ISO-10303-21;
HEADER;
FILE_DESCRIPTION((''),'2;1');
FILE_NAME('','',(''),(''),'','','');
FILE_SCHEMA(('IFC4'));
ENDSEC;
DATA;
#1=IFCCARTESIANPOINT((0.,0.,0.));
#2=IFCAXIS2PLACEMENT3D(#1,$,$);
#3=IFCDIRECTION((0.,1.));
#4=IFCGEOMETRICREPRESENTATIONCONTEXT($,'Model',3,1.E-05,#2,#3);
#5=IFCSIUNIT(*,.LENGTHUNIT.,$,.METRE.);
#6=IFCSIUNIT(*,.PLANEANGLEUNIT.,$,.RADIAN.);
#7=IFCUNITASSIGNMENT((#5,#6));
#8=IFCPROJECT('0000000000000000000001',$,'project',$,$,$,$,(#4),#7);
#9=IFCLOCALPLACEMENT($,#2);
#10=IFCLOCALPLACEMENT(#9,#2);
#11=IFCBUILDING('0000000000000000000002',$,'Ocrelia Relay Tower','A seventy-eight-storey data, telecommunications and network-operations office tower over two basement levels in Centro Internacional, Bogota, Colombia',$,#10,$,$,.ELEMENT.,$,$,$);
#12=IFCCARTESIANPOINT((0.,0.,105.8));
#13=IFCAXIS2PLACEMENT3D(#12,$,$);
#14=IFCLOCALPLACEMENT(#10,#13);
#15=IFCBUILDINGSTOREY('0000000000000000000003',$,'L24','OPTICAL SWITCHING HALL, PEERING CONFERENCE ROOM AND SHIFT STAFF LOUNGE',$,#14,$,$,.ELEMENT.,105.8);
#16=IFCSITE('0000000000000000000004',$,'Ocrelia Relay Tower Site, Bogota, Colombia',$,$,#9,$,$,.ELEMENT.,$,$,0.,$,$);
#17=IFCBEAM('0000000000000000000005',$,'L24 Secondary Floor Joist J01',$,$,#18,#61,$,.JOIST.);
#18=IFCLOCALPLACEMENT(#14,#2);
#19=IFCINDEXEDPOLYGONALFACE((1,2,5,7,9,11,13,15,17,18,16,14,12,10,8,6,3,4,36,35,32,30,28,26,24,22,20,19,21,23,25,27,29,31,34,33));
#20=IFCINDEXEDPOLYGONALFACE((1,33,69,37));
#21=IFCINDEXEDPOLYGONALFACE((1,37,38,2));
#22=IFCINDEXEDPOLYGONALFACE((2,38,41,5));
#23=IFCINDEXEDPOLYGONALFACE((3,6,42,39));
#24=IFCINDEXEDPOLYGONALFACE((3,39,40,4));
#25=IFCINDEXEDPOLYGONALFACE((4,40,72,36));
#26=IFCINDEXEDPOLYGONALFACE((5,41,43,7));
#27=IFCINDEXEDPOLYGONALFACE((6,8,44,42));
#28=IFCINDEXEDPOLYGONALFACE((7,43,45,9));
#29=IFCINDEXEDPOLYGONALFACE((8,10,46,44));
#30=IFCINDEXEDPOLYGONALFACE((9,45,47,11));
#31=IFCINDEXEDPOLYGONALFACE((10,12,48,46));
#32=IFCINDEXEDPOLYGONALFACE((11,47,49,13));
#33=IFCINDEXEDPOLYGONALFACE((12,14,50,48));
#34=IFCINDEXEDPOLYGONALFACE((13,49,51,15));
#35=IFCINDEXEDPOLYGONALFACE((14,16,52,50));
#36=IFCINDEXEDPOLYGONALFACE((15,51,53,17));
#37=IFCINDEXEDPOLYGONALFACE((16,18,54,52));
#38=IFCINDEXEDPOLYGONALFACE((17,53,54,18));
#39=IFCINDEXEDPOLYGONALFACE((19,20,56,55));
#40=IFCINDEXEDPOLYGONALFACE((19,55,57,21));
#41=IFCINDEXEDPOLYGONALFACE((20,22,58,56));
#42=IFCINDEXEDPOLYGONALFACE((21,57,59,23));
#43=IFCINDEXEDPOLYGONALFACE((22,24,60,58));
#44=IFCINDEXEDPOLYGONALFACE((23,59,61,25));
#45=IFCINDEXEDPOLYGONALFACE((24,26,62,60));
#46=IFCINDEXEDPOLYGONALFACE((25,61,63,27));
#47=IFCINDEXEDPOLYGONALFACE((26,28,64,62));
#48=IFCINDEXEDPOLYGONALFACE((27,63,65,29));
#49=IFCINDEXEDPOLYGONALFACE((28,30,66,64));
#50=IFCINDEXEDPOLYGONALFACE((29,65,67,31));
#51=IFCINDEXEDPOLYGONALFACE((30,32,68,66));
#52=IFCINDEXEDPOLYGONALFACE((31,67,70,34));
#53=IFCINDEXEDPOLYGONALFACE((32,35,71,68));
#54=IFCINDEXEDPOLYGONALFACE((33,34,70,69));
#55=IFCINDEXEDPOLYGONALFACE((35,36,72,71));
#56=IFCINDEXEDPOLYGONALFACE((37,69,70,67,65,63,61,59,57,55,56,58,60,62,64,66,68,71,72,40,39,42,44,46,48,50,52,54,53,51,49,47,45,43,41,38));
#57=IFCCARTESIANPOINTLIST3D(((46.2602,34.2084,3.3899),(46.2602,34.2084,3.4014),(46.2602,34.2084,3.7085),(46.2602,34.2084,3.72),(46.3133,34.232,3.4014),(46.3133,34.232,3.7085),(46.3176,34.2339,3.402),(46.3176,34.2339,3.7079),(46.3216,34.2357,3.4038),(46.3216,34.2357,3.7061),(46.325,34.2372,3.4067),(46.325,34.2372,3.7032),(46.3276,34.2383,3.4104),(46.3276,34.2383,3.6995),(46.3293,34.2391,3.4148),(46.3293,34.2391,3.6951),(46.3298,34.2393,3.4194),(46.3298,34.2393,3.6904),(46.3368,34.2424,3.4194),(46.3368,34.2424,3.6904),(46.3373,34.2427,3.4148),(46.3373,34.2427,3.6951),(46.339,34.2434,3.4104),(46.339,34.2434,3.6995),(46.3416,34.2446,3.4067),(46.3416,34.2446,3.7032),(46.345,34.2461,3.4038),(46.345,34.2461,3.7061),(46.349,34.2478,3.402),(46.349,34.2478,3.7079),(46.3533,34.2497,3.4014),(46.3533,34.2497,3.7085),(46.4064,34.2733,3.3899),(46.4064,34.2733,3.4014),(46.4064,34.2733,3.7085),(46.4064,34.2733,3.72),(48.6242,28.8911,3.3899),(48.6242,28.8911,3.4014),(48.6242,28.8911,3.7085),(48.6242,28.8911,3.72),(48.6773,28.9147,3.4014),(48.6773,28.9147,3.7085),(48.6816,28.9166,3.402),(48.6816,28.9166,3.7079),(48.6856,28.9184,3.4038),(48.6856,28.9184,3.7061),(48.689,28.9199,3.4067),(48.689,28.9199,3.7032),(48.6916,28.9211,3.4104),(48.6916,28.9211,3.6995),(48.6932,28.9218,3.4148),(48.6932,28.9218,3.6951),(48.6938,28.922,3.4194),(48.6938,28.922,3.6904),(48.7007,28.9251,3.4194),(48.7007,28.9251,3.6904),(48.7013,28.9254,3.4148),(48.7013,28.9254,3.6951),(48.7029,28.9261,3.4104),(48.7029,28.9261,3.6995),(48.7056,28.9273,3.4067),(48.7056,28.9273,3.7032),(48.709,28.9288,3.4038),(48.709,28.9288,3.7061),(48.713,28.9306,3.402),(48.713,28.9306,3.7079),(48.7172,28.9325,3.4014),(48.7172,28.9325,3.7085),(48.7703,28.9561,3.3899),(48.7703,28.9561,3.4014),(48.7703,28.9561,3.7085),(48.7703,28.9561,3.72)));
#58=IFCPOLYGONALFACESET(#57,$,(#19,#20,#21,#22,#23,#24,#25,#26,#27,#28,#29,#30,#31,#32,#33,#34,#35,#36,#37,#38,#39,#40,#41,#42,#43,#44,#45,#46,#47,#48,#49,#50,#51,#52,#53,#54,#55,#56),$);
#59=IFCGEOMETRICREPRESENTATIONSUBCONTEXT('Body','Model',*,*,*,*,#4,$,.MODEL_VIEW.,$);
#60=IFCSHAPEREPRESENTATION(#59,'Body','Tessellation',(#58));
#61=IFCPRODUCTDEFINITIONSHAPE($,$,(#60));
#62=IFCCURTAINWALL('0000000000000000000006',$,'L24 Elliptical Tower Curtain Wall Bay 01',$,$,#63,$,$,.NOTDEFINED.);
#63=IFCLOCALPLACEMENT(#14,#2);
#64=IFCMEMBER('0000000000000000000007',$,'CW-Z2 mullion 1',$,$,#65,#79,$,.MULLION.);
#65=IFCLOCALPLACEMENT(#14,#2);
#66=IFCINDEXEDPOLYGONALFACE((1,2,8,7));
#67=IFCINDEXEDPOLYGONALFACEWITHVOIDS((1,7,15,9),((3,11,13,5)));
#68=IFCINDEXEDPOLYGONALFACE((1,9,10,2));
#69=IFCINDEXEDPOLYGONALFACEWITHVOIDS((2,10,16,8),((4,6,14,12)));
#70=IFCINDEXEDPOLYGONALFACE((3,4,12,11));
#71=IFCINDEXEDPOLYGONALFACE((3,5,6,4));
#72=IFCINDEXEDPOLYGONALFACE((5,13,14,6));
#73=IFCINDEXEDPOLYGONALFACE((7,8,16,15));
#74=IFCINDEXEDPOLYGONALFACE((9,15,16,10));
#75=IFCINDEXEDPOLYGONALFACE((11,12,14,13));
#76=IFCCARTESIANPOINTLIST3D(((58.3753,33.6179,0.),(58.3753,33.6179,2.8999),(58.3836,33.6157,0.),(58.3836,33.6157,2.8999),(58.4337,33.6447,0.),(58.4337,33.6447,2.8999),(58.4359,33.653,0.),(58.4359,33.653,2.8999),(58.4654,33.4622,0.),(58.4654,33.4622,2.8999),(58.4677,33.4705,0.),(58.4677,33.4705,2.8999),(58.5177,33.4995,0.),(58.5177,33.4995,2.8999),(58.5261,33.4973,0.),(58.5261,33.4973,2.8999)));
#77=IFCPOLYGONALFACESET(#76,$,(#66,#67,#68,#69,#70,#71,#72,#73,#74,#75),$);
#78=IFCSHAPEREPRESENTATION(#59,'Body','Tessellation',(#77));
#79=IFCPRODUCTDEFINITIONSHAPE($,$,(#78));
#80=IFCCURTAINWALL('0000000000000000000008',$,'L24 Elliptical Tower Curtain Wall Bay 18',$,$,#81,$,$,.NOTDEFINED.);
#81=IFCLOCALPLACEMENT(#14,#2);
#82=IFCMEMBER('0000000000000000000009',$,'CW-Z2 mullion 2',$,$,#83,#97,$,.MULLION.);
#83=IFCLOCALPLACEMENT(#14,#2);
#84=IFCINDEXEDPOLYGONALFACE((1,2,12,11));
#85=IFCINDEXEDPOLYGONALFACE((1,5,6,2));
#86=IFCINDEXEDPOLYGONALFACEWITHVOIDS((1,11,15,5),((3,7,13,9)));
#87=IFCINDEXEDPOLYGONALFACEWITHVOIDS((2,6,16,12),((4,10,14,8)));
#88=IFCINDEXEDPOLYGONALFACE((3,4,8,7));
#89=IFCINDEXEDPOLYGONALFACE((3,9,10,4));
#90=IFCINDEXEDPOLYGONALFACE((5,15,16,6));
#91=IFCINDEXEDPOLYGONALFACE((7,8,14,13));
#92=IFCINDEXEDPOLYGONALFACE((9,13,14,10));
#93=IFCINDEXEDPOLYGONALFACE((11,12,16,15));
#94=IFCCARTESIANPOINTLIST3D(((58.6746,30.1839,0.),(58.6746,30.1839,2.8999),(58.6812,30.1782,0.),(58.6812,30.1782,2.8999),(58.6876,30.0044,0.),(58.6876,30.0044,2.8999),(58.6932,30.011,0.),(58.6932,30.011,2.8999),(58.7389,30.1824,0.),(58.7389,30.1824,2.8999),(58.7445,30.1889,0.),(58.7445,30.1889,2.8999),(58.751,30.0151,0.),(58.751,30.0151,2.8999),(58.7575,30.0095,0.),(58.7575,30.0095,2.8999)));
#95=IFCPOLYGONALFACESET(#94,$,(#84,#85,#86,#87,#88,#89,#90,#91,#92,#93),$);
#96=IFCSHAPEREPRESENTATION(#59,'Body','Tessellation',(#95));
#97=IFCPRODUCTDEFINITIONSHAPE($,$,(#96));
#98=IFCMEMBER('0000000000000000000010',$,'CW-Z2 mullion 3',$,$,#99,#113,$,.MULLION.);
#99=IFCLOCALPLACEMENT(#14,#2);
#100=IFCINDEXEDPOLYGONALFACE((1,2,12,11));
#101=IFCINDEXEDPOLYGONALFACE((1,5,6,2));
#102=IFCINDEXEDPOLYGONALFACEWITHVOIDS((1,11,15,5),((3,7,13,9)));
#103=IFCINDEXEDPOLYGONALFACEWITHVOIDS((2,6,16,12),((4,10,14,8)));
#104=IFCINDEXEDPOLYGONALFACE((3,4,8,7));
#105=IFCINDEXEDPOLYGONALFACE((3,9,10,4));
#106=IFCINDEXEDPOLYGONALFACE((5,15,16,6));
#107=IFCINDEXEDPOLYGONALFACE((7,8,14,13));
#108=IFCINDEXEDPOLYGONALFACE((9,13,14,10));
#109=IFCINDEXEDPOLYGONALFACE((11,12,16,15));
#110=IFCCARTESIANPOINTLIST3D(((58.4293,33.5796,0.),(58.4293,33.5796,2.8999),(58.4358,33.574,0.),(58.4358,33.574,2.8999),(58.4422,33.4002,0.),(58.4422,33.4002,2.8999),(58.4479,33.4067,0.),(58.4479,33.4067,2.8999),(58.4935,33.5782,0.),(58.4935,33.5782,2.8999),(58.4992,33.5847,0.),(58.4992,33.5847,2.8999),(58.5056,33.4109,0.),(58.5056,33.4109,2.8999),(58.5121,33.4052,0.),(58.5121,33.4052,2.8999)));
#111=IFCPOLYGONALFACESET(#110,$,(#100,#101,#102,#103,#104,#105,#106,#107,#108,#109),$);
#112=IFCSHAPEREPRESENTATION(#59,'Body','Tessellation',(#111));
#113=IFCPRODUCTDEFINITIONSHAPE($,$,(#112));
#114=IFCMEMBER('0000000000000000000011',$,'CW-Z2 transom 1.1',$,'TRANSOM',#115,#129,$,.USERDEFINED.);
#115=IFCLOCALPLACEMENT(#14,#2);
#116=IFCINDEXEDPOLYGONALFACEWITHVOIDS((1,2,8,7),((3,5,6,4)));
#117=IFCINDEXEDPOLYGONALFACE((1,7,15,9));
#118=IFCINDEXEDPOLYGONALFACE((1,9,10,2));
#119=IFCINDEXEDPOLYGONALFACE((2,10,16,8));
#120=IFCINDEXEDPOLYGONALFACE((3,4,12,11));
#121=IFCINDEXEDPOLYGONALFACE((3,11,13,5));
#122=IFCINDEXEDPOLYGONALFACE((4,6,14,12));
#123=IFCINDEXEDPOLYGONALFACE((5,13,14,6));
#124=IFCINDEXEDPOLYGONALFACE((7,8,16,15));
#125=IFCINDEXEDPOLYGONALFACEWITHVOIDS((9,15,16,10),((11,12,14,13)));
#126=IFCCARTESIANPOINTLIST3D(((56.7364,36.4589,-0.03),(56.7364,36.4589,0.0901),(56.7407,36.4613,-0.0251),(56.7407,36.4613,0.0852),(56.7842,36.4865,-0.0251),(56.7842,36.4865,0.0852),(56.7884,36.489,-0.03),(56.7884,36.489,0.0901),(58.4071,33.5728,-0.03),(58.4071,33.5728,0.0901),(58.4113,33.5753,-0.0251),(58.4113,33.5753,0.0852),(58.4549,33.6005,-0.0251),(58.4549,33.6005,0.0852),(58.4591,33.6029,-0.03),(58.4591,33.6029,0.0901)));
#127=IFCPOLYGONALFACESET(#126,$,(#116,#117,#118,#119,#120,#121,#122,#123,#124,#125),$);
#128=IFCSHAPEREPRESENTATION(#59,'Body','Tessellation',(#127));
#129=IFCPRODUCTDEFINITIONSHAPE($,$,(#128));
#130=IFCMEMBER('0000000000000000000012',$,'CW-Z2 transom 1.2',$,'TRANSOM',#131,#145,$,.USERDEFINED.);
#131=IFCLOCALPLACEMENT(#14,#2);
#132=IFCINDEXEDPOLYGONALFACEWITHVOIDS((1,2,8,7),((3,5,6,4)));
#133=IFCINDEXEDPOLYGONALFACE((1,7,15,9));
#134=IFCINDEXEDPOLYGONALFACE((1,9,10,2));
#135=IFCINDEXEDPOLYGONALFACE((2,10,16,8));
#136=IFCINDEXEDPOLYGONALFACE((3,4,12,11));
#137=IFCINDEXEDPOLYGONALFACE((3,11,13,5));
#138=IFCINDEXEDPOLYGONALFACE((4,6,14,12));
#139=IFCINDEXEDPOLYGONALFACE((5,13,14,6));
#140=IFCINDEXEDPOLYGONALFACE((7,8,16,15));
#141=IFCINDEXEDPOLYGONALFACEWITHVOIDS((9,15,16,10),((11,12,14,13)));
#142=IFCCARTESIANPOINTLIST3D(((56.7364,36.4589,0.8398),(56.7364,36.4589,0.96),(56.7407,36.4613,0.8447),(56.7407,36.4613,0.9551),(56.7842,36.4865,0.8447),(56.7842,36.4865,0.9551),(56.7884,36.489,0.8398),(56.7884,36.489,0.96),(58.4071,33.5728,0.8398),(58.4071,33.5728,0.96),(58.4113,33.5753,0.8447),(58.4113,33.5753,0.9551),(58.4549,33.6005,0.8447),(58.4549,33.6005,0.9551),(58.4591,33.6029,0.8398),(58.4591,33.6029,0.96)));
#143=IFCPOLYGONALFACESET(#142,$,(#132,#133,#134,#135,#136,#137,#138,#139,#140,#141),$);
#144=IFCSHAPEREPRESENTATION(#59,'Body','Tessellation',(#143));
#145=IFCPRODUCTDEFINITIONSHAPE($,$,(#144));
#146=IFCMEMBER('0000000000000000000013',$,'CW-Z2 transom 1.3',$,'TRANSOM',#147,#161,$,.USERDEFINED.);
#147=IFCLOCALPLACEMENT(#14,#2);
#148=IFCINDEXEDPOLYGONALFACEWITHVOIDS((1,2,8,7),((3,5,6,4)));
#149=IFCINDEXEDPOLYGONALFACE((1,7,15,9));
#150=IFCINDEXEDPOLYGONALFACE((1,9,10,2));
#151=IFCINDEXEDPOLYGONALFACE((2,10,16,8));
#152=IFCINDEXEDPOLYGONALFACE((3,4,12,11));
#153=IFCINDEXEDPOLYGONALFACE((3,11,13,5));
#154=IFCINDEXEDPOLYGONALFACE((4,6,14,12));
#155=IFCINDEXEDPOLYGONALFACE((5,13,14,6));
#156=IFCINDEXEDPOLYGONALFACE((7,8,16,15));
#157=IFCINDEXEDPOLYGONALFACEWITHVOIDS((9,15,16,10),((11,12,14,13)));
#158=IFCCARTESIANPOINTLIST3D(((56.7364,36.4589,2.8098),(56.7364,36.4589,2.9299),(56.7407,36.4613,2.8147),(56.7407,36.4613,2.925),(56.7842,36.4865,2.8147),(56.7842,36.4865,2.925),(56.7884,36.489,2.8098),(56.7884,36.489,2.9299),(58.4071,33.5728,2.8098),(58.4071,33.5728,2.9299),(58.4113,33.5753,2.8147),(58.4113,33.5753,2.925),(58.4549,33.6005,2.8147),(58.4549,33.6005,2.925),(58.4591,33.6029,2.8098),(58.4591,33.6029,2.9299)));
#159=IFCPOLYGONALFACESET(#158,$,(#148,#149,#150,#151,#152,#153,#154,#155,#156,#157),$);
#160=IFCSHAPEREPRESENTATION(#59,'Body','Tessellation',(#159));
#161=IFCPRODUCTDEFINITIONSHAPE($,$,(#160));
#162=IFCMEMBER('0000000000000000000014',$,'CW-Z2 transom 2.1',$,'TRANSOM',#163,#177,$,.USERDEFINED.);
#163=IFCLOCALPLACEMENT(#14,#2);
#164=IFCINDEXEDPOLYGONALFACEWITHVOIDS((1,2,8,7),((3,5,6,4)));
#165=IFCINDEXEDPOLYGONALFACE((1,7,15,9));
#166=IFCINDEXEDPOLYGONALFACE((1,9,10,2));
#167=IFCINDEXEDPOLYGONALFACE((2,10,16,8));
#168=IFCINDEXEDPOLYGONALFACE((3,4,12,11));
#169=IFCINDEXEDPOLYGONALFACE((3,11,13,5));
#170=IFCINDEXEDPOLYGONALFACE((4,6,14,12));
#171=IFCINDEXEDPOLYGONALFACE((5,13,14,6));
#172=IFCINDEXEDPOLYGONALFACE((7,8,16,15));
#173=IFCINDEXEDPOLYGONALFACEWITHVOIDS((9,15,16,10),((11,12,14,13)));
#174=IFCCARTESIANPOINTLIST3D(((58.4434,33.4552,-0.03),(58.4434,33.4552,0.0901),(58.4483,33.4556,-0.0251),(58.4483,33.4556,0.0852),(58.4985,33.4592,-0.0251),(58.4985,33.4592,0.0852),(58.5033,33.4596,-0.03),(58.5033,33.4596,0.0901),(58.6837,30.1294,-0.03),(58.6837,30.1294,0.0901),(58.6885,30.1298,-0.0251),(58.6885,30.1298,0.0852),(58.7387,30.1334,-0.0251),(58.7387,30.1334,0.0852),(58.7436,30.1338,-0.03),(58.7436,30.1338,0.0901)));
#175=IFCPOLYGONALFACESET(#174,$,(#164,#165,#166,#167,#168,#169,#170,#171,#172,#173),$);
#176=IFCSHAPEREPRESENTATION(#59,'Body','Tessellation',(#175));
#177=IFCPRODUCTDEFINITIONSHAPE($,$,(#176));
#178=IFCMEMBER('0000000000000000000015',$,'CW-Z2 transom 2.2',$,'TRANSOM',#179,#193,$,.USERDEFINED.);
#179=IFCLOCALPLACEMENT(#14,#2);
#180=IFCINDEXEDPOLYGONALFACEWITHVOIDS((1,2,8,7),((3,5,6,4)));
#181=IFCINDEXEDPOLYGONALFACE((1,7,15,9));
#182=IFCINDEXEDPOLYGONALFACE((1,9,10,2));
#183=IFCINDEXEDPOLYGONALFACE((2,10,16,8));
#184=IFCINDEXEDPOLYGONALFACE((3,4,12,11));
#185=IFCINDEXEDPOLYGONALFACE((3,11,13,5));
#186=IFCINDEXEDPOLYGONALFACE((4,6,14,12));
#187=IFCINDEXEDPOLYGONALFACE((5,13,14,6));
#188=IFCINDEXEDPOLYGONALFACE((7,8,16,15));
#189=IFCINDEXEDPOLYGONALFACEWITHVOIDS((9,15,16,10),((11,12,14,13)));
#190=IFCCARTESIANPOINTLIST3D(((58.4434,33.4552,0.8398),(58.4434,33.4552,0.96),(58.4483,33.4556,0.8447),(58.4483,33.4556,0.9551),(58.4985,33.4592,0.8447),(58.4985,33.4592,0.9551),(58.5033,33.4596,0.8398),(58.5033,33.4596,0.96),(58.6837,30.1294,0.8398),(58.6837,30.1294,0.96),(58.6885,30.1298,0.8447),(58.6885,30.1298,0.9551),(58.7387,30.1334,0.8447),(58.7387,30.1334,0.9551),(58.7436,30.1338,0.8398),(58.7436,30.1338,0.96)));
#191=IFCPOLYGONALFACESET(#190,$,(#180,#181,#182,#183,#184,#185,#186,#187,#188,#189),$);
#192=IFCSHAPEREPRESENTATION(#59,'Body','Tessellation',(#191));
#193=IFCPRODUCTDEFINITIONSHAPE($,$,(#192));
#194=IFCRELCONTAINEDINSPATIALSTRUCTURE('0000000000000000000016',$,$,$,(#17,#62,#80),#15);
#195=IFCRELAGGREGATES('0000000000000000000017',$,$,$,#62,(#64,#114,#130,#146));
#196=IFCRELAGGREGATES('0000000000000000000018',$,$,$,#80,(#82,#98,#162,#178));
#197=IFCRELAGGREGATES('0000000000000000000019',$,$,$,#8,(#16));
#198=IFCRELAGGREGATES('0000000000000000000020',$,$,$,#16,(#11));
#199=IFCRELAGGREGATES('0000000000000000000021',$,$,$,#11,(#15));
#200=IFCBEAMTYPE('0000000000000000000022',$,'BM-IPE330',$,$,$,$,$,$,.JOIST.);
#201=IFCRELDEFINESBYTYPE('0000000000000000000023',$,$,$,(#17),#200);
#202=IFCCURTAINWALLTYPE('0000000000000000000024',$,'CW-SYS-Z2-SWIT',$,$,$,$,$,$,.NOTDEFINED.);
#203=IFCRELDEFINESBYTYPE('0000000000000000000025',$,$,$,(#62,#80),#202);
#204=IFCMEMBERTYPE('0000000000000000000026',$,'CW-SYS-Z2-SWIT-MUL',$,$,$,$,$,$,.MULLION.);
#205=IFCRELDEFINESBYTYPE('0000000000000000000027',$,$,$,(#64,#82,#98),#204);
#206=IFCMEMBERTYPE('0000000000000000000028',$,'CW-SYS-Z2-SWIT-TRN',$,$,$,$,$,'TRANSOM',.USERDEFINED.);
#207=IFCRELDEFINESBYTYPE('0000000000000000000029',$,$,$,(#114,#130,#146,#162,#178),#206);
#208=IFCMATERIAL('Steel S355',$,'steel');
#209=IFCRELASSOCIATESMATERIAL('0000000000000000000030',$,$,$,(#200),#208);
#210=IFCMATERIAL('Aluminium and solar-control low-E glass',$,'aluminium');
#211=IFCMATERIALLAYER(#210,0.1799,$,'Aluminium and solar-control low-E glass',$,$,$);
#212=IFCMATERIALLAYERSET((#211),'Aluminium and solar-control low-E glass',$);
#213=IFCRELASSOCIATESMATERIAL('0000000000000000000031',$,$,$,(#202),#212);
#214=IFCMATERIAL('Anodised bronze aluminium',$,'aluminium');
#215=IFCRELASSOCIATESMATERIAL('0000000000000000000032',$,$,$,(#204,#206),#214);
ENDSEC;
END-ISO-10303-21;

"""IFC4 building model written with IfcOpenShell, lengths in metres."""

from ifc_helpers import new_model, si_unit, direction, frame, origin, origin_2d, place, context, subcontext, project, spatial, hollow_rectangle, i_section, extrude, material, layer, layer_set, material_profile, profile_set, type_object, element, aggregate, save


model = new_model("IFC4")

# Units and contexts
model_context = context("Model", 3, precision=1e-05, world=origin(), true_north=direction((0.0, 1.0)))
body_context = subcontext(model_context, "Body", "Model", "MODEL_VIEW")
ifc_project = project(units=[si_unit("LENGTHUNIT", "METRE"), si_unit("PLANEANGLEUNIT", "RADIAN")], contexts=[model_context])

# Site, building, storey
site_placement = place(None, origin())
site = spatial("IfcSite", under=ifc_project, at=site_placement, Name="Ocrelia Relay Tower Site, Bogota, Colombia", CompositionType="ELEMENT", RefElevation=0.0)
building_placement = place(site_placement, origin())
building = spatial("IfcBuilding", under=site, at=building_placement, Name="Ocrelia Relay Tower", Description="A seventy-eight-storey data, telecommunications and network-operations office tower over two basement levels in Centro Internacional, Bogota, Colombia", CompositionType="ELEMENT")
storey_placement = place(building_placement, frame((0.0, 0.0, 105.8)))
storey = spatial("IfcBuildingStorey", under=building, at=storey_placement, Name="L24", Description="OPTICAL SWITCHING HALL, PEERING CONFERENCE ROOM AND SHIFT STAFF LOUNGE", CompositionType="ELEMENT", Elevation=105.8)

# Beam
ifc_material_1 = material(Name="Steel S355", Category="steel")
ifc_material_profile_1 = material_profile(ifc_material_1, i_section(OverallWidth=0.1599, OverallDepth=0.3301, WebThickness=0.0076, FlangeThickness=0.0115, FilletRadius=0.0181, at=origin_2d()), Name="IPE 330")
ifc_profile_set_1 = profile_set([ifc_material_profile_1], Name="Steel S355")
beam_type_1 = type_object("IfcBeamType", Name="BM-IPE330", PredefinedType="JOIST", material=ifc_profile_set_1)
beam_1_placement = place(storey_placement, frame((48.6973, 28.9236, 3.5549), z_axis=(-0.406244, 0.913765, 0.0), x_axis=(-0.913765, -0.406244, 0.0)))
element("IfcBeam", 1, at=beam_1_placement, inside=storey, type_object=beam_type_1, Name="L24 Secondary Floor Joist J01", PredefinedType="JOIST", context=body_context, shape_type="SweptSolid", body=[
    extrude(i_section(OverallWidth=0.1599, OverallDepth=0.3301, WebThickness=0.0076, FlangeThickness=0.0115, FilletRadius=0.0181, at=origin_2d()), origin(), (0.0, 0.0, 1.0), 5.8191),
])

# Curtain wall, member
ifc_material_2 = material(Name="Aluminium and solar-control low-E glass", Category="aluminium")
ifc_layer_1 = layer(ifc_material_2, 0.1799, Name="Aluminium and solar-control low-E glass")
ifc_layer_set_1 = layer_set([ifc_layer_1], Name="Aluminium and solar-control low-E glass")
curtain_wall_type = type_object("IfcCurtainWallType", Name="CW-SYS-Z2-SWIT", PredefinedType="NOTDEFINED", material=ifc_layer_set_1)
curtain_wall_1_placement = place(storey_placement, origin())
curtain_wall_1 = element("IfcCurtainWall", 2, at=curtain_wall_1_placement, inside=storey, type_object=curtain_wall_type, Name="L24 Elliptical Tower Curtain Wall Bay 01", PredefinedType="NOTDEFINED")
ifc_material_3 = material(Name="Anodised bronze aluminium", Category="aluminium")
ifc_material_profile_2 = material_profile(ifc_material_3, hollow_rectangle(XDim=0.0701, YDim=0.1799, WallThickness=0.0061, at=origin_2d()), Name="CW-MUL-180x70")
ifc_profile_set_2 = profile_set([ifc_material_profile_2], Name="Anodised bronze aluminium")
member_type_1 = type_object("IfcMemberType", Name="CW-SYS-Z2-SWIT-MUL", PredefinedType="MULLION", material=ifc_profile_set_2)
member_1_placement = place(storey_placement, frame((58.4507, 33.5576, 0.0), z_axis=(0.0, 0.0, 1.0), x_axis=(-0.865423, -0.501042, 0.0)))
member_1 = element("IfcMember", 3, at=member_1_placement, type_object=member_type_1, Name="CW-Z2 mullion 1", PredefinedType="MULLION", context=body_context, shape_type="SweptSolid", body=[
    extrude(hollow_rectangle(XDim=0.0701, YDim=0.1799, WallThickness=0.0061, at=origin_2d()), origin(), (0.0, 0.0, 1.0), 2.8999),
])

# Curtain wall, members
curtain_wall_2_placement = place(storey_placement, origin())
curtain_wall_2 = element("IfcCurtainWall", 4, at=curtain_wall_2_placement, inside=storey, type_object=curtain_wall_type, Name="L24 Elliptical Tower Curtain Wall Bay 18", PredefinedType="NOTDEFINED")
member_2_placement = place(storey_placement, frame((58.7161, 30.0967, 0.0), z_axis=(0.0, 0.0, 1.0), x_axis=(-0.997402, -0.07203, 0.0)))
member_2 = element("IfcMember", 5, at=member_2_placement, type_object=member_type_1, Name="CW-Z2 mullion 2", PredefinedType="MULLION", context=body_context, shape_type="SweptSolid", body=[
    extrude(hollow_rectangle(XDim=0.0701, YDim=0.1799, WallThickness=0.0061, at=origin_2d()), origin(), (0.0, 0.0, 1.0), 2.8999),
])
member_3_placement = place(storey_placement, frame((58.4707, 33.4924, 0.0), z_axis=(0.0, 0.0, 1.0), x_axis=(-0.997402, -0.07203, 0.0)))
member_3 = element("IfcMember", 6, at=member_3_placement, type_object=member_type_1, Name="CW-Z2 mullion 3", PredefinedType="MULLION", context=body_context, shape_type="SweptSolid", body=[
    extrude(hollow_rectangle(XDim=0.0701, YDim=0.1799, WallThickness=0.0061, at=origin_2d()), origin(), (0.0, 0.0, 1.0), 2.8999),
])

# Members
ifc_material_profile_3 = material_profile(ifc_material_3, hollow_rectangle(XDim=0.0601, YDim=0.1201, WallThickness=0.0049, at=origin_2d()), Name="CW-TRN-120x60")
ifc_profile_set_3 = profile_set([ifc_material_profile_3], Name="Anodised bronze aluminium")
member_type_2 = type_object("IfcMemberType", Name="CW-SYS-Z2-SWIT-TRN", ElementType="TRANSOM", PredefinedType="USERDEFINED", material=ifc_profile_set_3)
member_4_placement = place(storey_placement, frame((58.4331, 33.5879, 0.03), z_axis=(-0.500996, 0.86545, 0.0), x_axis=(-0.86545, -0.500996, 0.0)))
member_4 = element("IfcMember", 7, at=member_4_placement, type_object=member_type_2, Name="CW-Z2 transom 1.1", ObjectType="TRANSOM", PredefinedType="USERDEFINED", context=body_context, shape_type="SweptSolid", body=[
    extrude(hollow_rectangle(XDim=0.0601, YDim=0.1201, WallThickness=0.0049, at=origin_2d()), origin(), (0.0, 0.0, 1.0), 3.3347),
])
member_5_placement = place(storey_placement, frame((58.4331, 33.5879, 0.8999), z_axis=(-0.500996, 0.86545, 0.0), x_axis=(-0.86545, -0.500996, 0.0)))
member_5 = element("IfcMember", 8, at=member_5_placement, type_object=member_type_2, Name="CW-Z2 transom 1.2", ObjectType="TRANSOM", PredefinedType="USERDEFINED", context=body_context, shape_type="SweptSolid", body=[
    extrude(hollow_rectangle(XDim=0.0601, YDim=0.1201, WallThickness=0.0049, at=origin_2d()), origin(), (0.0, 0.0, 1.0), 3.3347),
])
member_6_placement = place(storey_placement, frame((58.4331, 33.5879, 2.8699), z_axis=(-0.500996, 0.86545, 0.0), x_axis=(-0.86545, -0.500996, 0.0)))
member_6 = element("IfcMember", 9, at=member_6_placement, type_object=member_type_2, Name="CW-Z2 transom 1.3", ObjectType="TRANSOM", PredefinedType="USERDEFINED", context=body_context, shape_type="SweptSolid", body=[
    extrude(hollow_rectangle(XDim=0.0601, YDim=0.1201, WallThickness=0.0049, at=origin_2d()), origin(), (0.0, 0.0, 1.0), 3.3347),
])
member_7_placement = place(storey_placement, frame((58.7136, 30.1316, 0.03), z_axis=(-0.072043, 0.997402, 0.0), x_axis=(-0.997402, -0.072043, 0.0)))
member_7 = element("IfcMember", 10, at=member_7_placement, type_object=member_type_2, Name="CW-Z2 transom 2.1", ObjectType="TRANSOM", PredefinedType="USERDEFINED", context=body_context, shape_type="SweptSolid", body=[
    extrude(hollow_rectangle(XDim=0.0601, YDim=0.1201, WallThickness=0.0049, at=origin_2d()), origin(), (0.0, 0.0, 1.0), 3.3345),
])
member_8_placement = place(storey_placement, frame((58.7136, 30.1316, 0.8999), z_axis=(-0.072043, 0.997402, 0.0), x_axis=(-0.997402, -0.072043, 0.0)))
member_8 = element("IfcMember", 11, at=member_8_placement, type_object=member_type_2, Name="CW-Z2 transom 2.2", ObjectType="TRANSOM", PredefinedType="USERDEFINED", context=body_context, shape_type="SweptSolid", body=[
    extrude(hollow_rectangle(XDim=0.0601, YDim=0.1201, WallThickness=0.0049, at=origin_2d()), origin(), (0.0, 0.0, 1.0), 3.3345),
])

aggregate(curtain_wall_1, [member_1, member_4, member_5, member_6])
aggregate(curtain_wall_2, [member_2, member_3, member_7, member_8])

save(model, "model.ifc")
